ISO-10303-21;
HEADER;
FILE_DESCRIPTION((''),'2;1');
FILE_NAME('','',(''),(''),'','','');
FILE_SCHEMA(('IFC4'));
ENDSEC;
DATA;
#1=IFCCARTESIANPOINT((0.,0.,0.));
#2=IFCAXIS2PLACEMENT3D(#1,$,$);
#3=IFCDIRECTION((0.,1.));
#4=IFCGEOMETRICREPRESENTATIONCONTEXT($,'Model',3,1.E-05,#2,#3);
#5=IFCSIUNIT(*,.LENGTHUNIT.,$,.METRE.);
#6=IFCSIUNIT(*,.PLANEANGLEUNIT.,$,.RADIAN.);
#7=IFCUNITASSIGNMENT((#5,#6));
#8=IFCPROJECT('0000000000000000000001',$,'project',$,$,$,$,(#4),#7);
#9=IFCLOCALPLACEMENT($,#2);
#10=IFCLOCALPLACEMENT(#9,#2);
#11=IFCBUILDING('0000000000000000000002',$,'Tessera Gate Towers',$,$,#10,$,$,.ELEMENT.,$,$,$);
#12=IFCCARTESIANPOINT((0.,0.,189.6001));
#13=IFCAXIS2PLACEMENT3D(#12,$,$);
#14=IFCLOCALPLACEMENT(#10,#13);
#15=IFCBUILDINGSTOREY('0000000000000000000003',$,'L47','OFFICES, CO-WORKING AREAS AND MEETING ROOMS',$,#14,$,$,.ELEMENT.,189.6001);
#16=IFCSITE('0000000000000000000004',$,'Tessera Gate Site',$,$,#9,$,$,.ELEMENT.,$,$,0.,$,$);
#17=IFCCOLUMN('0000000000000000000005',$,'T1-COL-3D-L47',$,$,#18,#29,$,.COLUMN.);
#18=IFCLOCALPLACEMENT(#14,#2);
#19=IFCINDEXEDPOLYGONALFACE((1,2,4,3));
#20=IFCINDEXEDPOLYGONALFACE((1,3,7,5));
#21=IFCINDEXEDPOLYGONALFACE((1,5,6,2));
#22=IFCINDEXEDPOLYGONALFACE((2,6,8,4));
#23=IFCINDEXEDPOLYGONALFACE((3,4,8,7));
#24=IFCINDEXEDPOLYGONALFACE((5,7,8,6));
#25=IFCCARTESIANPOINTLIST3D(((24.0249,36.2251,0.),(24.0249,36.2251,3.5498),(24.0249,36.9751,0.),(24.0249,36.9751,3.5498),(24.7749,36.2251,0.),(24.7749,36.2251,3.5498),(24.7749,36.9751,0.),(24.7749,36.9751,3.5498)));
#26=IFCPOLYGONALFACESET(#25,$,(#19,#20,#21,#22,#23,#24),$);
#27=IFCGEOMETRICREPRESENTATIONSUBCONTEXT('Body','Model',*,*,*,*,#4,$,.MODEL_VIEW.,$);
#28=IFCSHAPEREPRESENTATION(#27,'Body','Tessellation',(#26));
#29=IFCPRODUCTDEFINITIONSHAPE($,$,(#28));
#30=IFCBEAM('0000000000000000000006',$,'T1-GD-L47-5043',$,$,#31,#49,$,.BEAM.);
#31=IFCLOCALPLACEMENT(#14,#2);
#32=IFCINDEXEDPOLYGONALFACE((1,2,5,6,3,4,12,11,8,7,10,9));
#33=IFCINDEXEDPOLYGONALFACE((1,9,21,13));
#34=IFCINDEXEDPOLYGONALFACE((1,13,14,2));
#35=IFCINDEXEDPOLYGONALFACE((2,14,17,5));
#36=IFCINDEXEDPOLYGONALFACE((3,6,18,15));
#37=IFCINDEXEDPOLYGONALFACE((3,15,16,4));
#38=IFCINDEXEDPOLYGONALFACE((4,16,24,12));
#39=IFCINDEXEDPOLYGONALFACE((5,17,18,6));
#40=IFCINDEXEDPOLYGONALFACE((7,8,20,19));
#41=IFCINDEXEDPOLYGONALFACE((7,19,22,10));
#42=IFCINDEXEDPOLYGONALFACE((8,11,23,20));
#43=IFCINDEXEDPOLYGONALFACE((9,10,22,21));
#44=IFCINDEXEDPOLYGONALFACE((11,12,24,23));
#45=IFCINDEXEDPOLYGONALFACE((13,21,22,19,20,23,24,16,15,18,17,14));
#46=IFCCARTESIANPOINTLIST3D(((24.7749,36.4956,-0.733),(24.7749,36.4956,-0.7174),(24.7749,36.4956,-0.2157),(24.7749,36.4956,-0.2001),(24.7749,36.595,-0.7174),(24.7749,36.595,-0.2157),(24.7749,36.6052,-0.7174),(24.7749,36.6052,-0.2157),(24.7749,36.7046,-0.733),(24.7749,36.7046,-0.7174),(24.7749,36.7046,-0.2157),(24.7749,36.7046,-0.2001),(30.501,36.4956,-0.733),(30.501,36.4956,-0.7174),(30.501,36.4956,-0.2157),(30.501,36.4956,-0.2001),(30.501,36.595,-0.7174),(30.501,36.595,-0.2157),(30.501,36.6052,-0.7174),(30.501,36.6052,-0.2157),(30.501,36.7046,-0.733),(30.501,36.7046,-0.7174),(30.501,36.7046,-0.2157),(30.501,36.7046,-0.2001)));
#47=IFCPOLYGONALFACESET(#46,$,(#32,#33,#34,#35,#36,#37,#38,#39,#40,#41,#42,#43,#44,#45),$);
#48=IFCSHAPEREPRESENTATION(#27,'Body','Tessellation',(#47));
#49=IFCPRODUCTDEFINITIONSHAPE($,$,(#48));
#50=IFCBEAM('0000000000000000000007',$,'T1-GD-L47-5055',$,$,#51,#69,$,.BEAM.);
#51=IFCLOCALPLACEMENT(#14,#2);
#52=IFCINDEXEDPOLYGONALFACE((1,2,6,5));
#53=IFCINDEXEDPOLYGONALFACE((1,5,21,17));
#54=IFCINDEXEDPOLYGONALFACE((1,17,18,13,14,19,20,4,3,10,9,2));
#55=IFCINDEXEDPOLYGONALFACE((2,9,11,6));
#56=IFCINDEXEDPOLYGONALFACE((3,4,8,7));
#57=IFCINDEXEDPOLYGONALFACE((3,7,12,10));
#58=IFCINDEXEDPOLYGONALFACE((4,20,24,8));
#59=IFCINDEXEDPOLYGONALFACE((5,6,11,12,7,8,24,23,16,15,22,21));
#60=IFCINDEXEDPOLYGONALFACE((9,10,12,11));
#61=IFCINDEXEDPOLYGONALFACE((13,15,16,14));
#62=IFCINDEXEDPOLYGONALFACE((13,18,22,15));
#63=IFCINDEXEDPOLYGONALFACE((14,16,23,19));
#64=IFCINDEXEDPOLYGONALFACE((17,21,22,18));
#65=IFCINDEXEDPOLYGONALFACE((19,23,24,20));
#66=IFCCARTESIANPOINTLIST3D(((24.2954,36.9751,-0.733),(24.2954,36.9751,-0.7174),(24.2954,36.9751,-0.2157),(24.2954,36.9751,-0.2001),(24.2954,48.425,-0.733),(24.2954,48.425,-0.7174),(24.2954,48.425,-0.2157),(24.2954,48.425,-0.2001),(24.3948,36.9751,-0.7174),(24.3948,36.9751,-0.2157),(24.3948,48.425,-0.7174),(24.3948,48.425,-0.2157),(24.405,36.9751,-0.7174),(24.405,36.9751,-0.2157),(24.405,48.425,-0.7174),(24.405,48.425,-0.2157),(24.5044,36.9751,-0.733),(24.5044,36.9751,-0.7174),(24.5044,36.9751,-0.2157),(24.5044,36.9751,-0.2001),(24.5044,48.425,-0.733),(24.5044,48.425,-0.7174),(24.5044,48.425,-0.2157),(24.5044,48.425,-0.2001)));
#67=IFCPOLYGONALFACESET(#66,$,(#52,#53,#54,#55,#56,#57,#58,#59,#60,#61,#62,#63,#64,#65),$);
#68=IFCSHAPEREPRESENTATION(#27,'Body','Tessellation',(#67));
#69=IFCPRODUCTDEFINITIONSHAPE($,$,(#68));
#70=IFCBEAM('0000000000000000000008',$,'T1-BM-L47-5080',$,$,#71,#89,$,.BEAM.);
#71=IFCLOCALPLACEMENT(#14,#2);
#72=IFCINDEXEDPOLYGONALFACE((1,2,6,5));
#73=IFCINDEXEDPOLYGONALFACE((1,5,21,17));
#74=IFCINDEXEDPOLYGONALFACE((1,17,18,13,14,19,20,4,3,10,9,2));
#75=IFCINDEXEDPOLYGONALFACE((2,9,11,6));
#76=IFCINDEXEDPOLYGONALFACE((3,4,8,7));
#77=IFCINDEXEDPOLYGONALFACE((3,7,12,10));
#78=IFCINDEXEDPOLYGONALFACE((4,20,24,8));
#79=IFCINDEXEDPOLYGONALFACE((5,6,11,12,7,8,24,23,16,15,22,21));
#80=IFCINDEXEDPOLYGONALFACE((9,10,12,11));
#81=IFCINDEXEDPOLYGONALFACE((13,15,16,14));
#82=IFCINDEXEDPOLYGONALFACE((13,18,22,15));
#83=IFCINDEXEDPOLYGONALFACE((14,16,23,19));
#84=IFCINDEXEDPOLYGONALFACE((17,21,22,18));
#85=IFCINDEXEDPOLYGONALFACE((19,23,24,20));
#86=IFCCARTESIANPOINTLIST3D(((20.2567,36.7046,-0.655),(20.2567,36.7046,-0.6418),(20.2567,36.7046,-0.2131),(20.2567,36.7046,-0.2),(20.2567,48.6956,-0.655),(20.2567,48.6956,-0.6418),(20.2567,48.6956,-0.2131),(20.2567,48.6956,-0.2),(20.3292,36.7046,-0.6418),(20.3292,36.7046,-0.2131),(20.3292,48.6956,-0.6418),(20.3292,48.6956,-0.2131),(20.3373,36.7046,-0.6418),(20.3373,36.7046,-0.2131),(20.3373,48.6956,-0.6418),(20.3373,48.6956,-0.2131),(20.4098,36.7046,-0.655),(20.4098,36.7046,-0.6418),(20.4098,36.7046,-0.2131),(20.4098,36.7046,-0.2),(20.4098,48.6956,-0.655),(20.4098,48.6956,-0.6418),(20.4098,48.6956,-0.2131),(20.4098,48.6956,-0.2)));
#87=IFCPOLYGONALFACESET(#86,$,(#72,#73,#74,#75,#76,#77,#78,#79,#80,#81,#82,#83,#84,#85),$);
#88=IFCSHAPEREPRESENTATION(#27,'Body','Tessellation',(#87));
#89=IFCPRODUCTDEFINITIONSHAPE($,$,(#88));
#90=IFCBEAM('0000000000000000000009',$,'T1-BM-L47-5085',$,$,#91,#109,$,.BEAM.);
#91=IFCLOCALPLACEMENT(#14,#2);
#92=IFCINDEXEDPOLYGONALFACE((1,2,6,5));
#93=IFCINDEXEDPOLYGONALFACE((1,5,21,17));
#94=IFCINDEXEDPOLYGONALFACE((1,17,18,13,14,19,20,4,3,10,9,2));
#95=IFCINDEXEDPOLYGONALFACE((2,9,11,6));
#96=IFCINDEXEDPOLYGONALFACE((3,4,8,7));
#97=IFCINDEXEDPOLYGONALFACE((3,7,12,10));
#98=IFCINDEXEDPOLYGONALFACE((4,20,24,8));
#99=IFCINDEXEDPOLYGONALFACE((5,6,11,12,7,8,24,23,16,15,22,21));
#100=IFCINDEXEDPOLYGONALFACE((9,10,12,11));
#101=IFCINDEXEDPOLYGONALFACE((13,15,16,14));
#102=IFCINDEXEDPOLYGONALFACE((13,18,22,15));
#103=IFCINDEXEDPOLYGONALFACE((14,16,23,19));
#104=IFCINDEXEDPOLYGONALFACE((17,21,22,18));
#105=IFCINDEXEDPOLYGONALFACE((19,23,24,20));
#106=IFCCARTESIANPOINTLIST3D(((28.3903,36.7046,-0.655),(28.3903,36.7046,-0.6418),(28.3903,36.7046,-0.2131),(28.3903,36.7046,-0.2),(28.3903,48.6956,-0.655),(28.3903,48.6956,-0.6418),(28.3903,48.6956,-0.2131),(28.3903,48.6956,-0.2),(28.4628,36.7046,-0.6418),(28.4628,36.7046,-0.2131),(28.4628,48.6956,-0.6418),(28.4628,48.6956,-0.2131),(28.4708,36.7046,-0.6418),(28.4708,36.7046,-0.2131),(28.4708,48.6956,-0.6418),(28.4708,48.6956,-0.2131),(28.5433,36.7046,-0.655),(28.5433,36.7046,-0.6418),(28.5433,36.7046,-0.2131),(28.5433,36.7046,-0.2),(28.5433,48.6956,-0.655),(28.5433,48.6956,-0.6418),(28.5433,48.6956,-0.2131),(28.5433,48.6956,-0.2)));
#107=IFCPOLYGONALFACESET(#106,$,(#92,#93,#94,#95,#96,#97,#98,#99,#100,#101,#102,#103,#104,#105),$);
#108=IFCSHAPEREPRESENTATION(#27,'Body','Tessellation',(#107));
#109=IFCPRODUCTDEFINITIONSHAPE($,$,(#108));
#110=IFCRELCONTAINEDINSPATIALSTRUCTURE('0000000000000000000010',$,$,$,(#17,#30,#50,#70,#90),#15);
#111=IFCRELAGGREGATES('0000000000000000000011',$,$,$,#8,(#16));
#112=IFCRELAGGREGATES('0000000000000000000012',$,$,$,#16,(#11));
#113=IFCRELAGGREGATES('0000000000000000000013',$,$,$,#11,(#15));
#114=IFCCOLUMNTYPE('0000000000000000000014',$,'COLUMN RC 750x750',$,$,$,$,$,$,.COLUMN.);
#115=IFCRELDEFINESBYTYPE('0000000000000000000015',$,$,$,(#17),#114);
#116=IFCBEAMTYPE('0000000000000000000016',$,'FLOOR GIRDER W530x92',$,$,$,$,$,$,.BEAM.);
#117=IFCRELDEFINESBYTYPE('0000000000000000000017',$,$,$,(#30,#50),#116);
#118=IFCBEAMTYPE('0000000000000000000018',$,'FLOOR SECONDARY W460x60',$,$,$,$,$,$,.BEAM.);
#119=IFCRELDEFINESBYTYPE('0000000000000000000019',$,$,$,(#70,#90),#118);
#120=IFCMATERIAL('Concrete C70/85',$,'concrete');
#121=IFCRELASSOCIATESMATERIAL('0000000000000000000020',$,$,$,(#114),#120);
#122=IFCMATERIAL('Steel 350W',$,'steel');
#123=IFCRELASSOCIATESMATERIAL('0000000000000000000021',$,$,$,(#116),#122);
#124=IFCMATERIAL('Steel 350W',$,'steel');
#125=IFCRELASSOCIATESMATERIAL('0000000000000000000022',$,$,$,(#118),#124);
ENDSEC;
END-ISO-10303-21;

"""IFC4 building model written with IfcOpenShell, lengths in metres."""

from ifc_helpers import new_model, si_unit, direction, frame, origin, origin_2d, place, context, subcontext, project, spatial, rectangle, i_section, extrude, material, material_profile, profile_set, type_object, element, save


model = new_model("IFC4")

# Units and contexts
model_context = context("Model", 3, precision=1e-05, world=origin(), true_north=direction((0.0, 1.0)))
body_context = subcontext(model_context, "Body", "Model", "MODEL_VIEW")
ifc_project = project(units=[si_unit("LENGTHUNIT", "METRE"), si_unit("PLANEANGLEUNIT", "RADIAN")], contexts=[model_context])

# Site, building, storey
site_placement = place(None, origin())
site = spatial("IfcSite", under=ifc_project, at=site_placement, Name="Tessera Gate Site", CompositionType="ELEMENT", RefElevation=0.0)
building_placement = place(site_placement, origin())
building = spatial("IfcBuilding", under=site, at=building_placement, Name="Tessera Gate Towers", CompositionType="ELEMENT")
storey_placement = place(building_placement, frame((0.0, 0.0, 189.6001)))
storey = spatial("IfcBuildingStorey", under=building, at=storey_placement, Name="L47", Description="OFFICES, CO-WORKING AREAS AND MEETING ROOMS", CompositionType="ELEMENT", Elevation=189.6001)

# Column
ifc_material_1 = material(Name="Concrete C70/85", Category="concrete")
ifc_material_profile_1 = material_profile(ifc_material_1, rectangle(XDim=0.75, YDim=0.75, at=origin_2d()), Name="RC 750x750")
ifc_profile_set_1 = profile_set([ifc_material_profile_1], Name="Concrete C70/85")
column_type = type_object("IfcColumnType", Name="COLUMN RC 750x750", PredefinedType="COLUMN", material=ifc_profile_set_1)
column_placement = place(storey_placement, frame((24.3999, 36.6001, 0.0), z_axis=(0.0, 0.0, 1.0), x_axis=(1.0, 0.0, 0.0)))
element("IfcColumn", 1, at=column_placement, inside=storey, type_object=column_type, Name="T1-COL-3D-L47", PredefinedType="COLUMN", context=body_context, shape_type="SweptSolid", body=[
    extrude(rectangle(XDim=0.75, YDim=0.75, at=origin_2d()), origin(), (0.0, 0.0, 1.0), 3.5498),
])

# Beams
ifc_material_2 = material(Name="Steel 350W", Category="steel")
ifc_material_profile_2 = material_profile(ifc_material_2, i_section(OverallWidth=0.209, OverallDepth=0.533, WebThickness=0.0103, FlangeThickness=0.0156, at=origin_2d()), Name="W530x92")
ifc_profile_set_2 = profile_set([ifc_material_profile_2], Name="Steel 350W")
beam_type_1 = type_object("IfcBeamType", Name="FLOOR GIRDER W530x92", PredefinedType="BEAM", material=ifc_profile_set_2)
beam_1_placement = place(storey_placement, frame((24.7749, 36.6001, -0.4666), z_axis=(1.0, 0.0, 0.0), x_axis=(0.0, 1.0, 0.0)))
element("IfcBeam", 2, at=beam_1_placement, inside=storey, type_object=beam_type_1, Name="T1-GD-L47-5043", PredefinedType="BEAM", context=body_context, shape_type="SweptSolid", body=[
    extrude(i_section(OverallWidth=0.209, OverallDepth=0.533, WebThickness=0.0103, FlangeThickness=0.0156, at=origin_2d()), origin(), (0.0, 0.0, 1.0), 5.7261),
])
beam_2_placement = place(storey_placement, frame((24.3999, 36.9751, -0.4666), z_axis=(0.0, 1.0, 0.0), x_axis=(-1.0, 0.0, 0.0)))
element("IfcBeam", 3, at=beam_2_placement, inside=storey, type_object=beam_type_1, Name="T1-GD-L47-5055", PredefinedType="BEAM", context=body_context, shape_type="SweptSolid", body=[
    extrude(i_section(OverallWidth=0.209, OverallDepth=0.533, WebThickness=0.0103, FlangeThickness=0.0156, at=origin_2d()), origin(), (0.0, 0.0, 1.0), 11.45),
])
ifc_material_3 = material(Name="Steel 350W", Category="steel")
ifc_material_profile_3 = material_profile(ifc_material_3, i_section(OverallWidth=0.1531, OverallDepth=0.4551, WebThickness=0.0081, FlangeThickness=0.0132, at=origin_2d()), Name="W460x60")
ifc_profile_set_3 = profile_set([ifc_material_profile_3], Name="Steel 350W")
beam_type_2 = type_object("IfcBeamType", Name="FLOOR SECONDARY W460x60", PredefinedType="BEAM", material=ifc_profile_set_3)
for number, where, z_axis, x_axis, name in (
    (4, (20.3333, 36.7046, -0.4275), (0.0, 1.0, 0.0), (-1.0, 0.0, 0.0), "T1-BM-L47-5080"),
    (5, (28.4668, 36.7046, -0.4275), (0.0, 1.0, 0.0), (-1.0, 0.0, 0.0), "T1-BM-L47-5085"),
):
    element("IfcBeam", number, at=place(storey_placement, frame(where, z_axis=z_axis, x_axis=x_axis)), inside=storey, type_object=beam_type_2, Name=name, PredefinedType="BEAM", context=body_context, shape_type="SweptSolid", body=[
        extrude(i_section(OverallWidth=0.1531, OverallDepth=0.4551, WebThickness=0.0081, FlangeThickness=0.0132, at=origin_2d()), origin(), (0.0, 0.0, 1.0), 11.991),
    ])

save(model, "model.ifc")
